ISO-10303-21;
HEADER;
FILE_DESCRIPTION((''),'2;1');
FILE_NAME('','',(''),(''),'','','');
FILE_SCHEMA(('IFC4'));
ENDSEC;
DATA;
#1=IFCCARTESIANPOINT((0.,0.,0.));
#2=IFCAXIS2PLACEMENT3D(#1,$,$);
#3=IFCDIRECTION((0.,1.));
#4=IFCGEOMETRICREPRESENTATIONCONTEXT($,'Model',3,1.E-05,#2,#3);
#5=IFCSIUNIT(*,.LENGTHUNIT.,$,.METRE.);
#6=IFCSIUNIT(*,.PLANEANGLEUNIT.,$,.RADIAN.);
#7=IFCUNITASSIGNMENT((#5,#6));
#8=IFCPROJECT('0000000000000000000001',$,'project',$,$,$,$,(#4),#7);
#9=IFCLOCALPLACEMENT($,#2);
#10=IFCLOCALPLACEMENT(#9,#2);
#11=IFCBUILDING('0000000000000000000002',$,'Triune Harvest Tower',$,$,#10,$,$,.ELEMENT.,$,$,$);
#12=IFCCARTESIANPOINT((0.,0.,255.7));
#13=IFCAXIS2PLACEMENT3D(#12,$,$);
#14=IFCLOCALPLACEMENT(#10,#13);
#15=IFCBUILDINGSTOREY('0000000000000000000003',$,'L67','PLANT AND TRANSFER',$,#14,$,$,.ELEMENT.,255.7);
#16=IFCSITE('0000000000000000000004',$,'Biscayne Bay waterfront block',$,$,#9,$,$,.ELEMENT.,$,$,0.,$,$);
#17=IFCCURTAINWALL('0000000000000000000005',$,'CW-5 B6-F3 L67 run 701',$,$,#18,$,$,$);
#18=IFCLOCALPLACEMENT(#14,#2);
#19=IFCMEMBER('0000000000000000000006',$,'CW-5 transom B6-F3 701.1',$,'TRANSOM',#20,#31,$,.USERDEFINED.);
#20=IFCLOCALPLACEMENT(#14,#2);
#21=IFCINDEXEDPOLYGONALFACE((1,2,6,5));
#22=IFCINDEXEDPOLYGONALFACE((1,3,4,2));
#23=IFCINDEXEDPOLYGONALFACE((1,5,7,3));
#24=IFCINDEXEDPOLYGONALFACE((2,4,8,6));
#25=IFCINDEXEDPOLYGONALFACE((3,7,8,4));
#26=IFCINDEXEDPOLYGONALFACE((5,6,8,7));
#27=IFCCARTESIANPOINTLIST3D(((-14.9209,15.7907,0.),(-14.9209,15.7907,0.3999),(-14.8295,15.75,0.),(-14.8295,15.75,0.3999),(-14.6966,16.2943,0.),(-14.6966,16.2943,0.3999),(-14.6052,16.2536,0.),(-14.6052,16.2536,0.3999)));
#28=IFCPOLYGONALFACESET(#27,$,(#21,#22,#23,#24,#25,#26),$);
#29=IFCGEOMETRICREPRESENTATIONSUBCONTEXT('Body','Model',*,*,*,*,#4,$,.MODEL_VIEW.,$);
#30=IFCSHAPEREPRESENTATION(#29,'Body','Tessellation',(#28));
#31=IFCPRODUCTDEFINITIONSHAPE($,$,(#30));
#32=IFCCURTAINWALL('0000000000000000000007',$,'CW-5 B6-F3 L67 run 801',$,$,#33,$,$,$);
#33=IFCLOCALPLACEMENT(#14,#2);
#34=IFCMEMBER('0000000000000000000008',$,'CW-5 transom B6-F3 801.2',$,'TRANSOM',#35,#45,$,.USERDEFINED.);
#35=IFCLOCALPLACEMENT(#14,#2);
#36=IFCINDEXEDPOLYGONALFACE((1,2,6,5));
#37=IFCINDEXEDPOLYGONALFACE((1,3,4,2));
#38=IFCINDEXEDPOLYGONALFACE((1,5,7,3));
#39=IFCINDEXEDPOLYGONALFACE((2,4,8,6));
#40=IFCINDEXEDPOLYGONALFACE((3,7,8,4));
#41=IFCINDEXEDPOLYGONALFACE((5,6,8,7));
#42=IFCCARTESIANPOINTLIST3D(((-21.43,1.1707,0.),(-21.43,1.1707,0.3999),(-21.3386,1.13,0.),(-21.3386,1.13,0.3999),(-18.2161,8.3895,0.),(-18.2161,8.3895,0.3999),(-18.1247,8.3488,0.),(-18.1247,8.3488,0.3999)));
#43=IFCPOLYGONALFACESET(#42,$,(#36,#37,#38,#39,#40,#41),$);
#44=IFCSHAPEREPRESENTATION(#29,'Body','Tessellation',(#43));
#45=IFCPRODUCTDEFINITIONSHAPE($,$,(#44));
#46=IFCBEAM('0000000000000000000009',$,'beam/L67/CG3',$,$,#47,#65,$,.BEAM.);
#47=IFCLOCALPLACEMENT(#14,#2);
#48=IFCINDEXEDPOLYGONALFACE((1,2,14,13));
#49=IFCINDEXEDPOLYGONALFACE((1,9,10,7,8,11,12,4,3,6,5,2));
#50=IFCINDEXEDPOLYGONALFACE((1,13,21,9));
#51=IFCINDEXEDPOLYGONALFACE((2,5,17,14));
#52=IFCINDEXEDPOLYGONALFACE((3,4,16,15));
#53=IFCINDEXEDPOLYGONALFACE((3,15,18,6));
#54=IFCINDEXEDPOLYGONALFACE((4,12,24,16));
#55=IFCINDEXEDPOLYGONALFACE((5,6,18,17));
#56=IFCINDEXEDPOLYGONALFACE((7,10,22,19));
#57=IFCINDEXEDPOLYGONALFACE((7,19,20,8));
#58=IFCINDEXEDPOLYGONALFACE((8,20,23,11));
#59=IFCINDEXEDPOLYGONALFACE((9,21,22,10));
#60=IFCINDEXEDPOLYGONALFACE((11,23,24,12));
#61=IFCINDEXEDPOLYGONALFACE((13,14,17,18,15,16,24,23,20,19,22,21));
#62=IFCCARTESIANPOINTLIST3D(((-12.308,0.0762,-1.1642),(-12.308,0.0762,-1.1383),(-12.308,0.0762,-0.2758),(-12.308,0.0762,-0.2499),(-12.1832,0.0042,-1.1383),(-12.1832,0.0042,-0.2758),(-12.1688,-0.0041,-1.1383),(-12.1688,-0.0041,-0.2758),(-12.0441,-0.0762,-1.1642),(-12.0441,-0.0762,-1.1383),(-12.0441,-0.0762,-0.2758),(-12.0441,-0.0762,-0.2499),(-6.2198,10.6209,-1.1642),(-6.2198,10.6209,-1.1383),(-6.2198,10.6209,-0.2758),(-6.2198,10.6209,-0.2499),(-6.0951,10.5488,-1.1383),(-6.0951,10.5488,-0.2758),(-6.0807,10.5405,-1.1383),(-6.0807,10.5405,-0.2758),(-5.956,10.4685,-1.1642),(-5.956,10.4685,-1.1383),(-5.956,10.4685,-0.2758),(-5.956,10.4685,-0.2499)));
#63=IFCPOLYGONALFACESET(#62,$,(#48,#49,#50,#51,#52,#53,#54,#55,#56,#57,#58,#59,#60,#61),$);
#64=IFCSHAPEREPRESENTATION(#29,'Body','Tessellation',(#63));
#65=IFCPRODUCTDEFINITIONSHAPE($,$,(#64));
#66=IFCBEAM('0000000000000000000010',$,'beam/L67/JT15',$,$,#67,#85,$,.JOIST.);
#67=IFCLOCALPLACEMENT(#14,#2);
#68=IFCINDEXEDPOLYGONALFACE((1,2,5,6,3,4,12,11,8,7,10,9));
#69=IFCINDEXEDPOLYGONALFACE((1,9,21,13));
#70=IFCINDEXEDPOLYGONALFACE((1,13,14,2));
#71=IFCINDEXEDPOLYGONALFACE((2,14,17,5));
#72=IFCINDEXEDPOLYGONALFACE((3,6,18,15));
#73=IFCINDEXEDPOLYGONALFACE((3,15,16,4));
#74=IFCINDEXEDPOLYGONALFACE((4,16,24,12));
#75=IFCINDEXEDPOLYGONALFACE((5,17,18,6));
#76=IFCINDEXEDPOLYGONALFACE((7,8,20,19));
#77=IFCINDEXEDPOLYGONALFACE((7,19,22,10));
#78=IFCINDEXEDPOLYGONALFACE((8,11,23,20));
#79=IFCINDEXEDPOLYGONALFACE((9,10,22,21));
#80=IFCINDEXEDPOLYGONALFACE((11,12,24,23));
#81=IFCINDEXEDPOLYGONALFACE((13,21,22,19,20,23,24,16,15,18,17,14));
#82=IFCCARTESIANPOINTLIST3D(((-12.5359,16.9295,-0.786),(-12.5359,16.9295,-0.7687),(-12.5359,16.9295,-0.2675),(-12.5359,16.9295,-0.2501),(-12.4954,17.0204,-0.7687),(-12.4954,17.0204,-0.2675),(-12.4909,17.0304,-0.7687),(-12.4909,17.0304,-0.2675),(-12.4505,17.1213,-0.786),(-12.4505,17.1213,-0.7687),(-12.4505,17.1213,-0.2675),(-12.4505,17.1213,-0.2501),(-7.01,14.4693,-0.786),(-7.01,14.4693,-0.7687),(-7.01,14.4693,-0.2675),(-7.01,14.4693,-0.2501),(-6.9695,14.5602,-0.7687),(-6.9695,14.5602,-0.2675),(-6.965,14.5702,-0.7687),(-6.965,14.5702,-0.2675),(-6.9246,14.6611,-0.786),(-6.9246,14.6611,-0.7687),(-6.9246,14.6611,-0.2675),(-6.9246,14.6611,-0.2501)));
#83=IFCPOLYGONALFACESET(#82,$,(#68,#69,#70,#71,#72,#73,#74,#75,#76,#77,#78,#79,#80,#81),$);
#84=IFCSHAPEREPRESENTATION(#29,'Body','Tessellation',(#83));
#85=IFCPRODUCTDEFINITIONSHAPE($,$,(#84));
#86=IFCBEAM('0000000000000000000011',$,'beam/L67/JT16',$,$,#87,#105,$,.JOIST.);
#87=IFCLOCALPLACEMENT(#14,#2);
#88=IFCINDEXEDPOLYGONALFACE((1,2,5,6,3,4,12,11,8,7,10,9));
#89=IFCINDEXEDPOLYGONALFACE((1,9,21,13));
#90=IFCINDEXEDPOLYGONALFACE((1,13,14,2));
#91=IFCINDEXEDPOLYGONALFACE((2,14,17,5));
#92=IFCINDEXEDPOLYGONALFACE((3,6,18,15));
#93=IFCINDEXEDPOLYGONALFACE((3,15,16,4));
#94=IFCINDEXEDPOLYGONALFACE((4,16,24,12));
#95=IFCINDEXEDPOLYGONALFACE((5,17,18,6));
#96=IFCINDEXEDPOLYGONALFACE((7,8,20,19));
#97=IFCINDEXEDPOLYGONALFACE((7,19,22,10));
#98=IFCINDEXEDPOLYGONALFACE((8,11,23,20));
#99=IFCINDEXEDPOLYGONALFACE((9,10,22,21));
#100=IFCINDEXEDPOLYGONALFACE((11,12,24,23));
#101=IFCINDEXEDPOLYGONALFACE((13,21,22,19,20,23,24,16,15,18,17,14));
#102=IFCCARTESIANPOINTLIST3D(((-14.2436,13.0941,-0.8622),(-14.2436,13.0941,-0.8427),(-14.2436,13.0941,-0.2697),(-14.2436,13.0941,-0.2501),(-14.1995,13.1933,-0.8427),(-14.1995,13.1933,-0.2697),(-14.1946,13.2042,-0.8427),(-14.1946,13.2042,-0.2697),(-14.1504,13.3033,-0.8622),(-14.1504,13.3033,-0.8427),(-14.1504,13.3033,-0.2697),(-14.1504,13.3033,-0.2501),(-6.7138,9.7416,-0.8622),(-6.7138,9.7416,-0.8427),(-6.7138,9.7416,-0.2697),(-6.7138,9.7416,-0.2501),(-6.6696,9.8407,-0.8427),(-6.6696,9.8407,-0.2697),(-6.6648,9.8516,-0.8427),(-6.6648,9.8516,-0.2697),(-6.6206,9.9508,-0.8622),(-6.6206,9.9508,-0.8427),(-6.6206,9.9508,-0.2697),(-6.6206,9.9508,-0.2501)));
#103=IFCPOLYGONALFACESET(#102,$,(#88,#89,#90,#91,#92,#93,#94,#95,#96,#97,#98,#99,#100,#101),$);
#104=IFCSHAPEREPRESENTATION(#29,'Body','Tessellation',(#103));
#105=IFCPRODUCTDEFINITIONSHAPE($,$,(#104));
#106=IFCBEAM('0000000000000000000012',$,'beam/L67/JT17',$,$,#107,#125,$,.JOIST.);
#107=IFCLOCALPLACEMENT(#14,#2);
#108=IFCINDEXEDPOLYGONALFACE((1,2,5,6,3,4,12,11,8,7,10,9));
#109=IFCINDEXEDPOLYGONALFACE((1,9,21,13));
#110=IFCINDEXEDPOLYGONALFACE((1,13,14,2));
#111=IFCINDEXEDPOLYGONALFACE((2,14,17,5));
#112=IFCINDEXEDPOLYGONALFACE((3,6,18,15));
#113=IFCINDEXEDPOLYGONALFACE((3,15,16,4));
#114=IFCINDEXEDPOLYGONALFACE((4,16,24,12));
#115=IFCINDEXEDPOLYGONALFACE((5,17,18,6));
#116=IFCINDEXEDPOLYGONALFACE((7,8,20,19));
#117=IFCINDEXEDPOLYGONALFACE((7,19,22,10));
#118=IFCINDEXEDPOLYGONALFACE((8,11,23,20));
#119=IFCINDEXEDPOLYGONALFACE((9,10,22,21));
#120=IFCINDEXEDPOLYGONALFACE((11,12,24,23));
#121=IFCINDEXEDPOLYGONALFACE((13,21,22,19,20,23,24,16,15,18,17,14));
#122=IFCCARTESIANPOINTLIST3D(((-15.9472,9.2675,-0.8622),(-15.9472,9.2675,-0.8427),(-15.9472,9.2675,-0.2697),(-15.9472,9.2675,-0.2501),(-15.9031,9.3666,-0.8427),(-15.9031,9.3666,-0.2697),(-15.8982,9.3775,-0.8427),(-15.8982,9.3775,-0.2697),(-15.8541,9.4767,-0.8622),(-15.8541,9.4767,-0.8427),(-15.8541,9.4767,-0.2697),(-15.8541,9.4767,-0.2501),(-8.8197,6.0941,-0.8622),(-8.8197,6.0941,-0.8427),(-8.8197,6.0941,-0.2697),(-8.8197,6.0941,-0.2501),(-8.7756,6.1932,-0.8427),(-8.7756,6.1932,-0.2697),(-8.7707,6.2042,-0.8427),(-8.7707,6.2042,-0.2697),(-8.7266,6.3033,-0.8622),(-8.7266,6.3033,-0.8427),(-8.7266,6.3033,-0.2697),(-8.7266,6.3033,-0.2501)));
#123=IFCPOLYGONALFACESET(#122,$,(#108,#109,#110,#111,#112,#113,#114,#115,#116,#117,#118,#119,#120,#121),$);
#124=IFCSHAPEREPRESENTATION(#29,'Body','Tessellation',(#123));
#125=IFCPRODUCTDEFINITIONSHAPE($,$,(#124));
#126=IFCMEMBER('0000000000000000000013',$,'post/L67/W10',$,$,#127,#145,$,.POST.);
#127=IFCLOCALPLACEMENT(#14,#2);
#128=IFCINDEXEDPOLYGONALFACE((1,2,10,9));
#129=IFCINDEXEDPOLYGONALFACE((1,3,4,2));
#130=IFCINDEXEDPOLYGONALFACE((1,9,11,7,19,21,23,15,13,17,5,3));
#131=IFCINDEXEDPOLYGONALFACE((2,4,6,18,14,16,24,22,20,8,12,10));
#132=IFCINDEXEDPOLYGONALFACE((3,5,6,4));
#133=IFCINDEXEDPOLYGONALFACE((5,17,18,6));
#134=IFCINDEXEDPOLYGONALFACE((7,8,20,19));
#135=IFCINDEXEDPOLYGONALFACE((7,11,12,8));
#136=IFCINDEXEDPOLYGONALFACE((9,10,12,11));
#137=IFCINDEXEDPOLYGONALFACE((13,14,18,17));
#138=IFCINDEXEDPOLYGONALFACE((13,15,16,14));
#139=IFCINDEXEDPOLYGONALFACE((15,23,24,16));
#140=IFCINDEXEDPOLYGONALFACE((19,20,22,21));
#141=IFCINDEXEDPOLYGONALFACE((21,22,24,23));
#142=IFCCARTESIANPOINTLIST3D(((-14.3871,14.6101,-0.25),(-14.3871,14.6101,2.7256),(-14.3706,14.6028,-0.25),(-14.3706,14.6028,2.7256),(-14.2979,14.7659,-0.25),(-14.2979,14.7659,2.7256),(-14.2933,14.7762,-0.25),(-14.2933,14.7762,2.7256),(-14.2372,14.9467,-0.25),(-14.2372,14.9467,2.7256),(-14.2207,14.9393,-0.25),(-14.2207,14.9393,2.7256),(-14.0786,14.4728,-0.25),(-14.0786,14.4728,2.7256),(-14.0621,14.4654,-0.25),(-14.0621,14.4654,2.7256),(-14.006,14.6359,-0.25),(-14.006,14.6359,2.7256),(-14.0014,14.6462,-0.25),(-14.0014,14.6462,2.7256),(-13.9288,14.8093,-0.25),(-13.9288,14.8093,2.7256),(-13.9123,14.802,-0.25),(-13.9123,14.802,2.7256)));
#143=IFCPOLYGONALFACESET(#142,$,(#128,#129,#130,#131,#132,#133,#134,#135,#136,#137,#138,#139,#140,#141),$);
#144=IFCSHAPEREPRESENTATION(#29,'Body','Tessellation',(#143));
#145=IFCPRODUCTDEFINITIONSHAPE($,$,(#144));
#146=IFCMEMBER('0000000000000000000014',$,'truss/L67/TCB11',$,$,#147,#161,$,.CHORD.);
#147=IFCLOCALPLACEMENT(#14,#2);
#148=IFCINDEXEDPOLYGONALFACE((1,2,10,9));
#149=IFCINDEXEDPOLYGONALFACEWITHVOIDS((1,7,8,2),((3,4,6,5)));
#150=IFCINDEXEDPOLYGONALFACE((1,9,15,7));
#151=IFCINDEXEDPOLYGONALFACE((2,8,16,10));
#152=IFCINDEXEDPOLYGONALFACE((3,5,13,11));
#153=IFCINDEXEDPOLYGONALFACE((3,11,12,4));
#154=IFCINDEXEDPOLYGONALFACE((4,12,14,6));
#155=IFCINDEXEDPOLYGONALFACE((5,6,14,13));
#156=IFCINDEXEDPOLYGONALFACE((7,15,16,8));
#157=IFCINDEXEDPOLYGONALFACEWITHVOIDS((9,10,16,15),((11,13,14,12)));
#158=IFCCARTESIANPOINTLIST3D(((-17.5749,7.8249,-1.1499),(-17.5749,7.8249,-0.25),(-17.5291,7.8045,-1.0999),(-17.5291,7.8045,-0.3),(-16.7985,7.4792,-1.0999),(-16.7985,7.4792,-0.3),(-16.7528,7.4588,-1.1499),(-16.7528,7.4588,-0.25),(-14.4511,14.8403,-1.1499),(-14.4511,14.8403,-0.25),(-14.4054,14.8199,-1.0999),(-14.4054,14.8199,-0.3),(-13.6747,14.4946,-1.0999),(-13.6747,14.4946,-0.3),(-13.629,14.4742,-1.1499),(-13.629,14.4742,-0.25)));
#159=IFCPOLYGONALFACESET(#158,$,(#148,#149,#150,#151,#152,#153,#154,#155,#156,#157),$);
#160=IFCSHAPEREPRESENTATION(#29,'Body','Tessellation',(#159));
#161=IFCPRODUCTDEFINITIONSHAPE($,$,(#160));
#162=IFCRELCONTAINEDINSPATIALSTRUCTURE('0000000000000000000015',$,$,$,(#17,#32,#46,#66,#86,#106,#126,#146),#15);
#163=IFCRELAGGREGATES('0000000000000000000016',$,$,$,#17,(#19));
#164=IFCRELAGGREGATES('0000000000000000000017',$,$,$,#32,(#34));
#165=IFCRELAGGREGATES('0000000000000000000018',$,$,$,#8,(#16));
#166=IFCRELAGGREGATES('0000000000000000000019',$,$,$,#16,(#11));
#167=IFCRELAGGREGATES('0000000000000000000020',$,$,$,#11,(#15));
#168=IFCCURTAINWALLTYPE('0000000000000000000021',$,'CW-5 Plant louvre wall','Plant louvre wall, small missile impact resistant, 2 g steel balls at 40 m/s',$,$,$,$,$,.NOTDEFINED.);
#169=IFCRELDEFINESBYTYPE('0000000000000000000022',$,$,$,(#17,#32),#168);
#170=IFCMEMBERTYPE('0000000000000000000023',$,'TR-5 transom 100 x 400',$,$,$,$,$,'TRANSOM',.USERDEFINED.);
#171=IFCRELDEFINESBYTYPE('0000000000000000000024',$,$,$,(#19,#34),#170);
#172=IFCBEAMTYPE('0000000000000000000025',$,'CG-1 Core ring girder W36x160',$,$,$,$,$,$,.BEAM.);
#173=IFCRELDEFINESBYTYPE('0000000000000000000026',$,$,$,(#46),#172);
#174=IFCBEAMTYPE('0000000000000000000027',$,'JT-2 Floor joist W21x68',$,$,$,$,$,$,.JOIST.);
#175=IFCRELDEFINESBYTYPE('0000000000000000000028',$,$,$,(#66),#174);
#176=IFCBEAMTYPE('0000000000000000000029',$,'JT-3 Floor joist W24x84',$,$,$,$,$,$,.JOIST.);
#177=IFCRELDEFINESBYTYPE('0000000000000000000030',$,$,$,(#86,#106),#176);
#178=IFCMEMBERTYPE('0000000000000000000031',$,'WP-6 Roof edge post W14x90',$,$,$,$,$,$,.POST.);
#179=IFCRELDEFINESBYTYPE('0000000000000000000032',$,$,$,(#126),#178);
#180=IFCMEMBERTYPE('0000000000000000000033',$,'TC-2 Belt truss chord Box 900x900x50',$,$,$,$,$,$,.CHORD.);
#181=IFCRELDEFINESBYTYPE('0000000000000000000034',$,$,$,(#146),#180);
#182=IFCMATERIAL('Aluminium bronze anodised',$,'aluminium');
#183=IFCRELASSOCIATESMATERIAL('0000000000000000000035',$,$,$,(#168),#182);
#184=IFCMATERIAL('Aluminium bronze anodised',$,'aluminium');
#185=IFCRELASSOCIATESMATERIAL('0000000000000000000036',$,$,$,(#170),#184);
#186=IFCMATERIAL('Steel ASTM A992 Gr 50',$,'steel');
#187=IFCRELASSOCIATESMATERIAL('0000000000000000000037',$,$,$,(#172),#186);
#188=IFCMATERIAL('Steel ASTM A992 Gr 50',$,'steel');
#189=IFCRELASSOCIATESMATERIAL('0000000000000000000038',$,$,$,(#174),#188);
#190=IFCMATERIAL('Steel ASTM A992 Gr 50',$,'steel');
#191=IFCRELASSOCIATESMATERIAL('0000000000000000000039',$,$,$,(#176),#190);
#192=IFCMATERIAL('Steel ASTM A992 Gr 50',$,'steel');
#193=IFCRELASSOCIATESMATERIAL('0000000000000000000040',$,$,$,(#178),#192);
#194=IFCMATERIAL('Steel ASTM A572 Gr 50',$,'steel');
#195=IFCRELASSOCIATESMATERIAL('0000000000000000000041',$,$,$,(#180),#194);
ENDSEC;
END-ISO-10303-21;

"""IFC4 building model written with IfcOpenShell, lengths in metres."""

from ifc_helpers import new_model, si_unit, direction, frame, origin, origin_2d, place, context, subcontext, project, spatial, rectangle, hollow_rectangle, i_section, extrude, source, transform, mapped, material, material_profile, profile_set, type_object, element, aggregate, save


model = new_model("IFC4")

# Units and contexts
model_context = context("Model", 3, precision=1e-05, world=origin(), true_north=direction((0.0, 1.0)))
body_context = subcontext(model_context, "Body", "Model", "MODEL_VIEW")
ifc_project = project(units=[si_unit("LENGTHUNIT", "METRE"), si_unit("PLANEANGLEUNIT", "RADIAN")], contexts=[model_context])

# Site, building, storey
site_placement = place(None, origin())
site = spatial("IfcSite", under=ifc_project, at=site_placement, Name="Biscayne Bay waterfront block", CompositionType="ELEMENT", RefElevation=0.0)
building_placement = place(site_placement, origin())
building = spatial("IfcBuilding", under=site, at=building_placement, Name="Triune Harvest Tower", CompositionType="ELEMENT")
storey_placement = place(building_placement, frame((0.0, 0.0, 255.7)))
storey = spatial("IfcBuildingStorey", under=building, at=storey_placement, Name="L67", Description="PLANT AND TRANSFER", CompositionType="ELEMENT", Elevation=255.7)

# Curtain walls, members
ifc_material_1 = material(Name="Aluminium bronze anodised", Category="aluminium")
curtain_wall_type = type_object("IfcCurtainWallType", Name="CW-5 Plant louvre wall", Description="Plant louvre wall, small missile impact resistant, 2 g steel balls at 40 m/s", PredefinedType="NOTDEFINED", material=ifc_material_1)
curtain_wall_1_placement = place(storey_placement, origin())
curtain_wall_1 = element("IfcCurtainWall", 1, at=curtain_wall_1_placement, inside=storey, type_object=curtain_wall_type, Name="CW-5 B6-F3 L67 run 701")
ifc_material_2 = material(Name="Aluminium bronze anodised", Category="aluminium")
ifc_material_profile_1 = material_profile(ifc_material_2, rectangle(XDim=0.1001, YDim=0.3999, at=origin_2d()), Name="TR-5 transom 100 x 400")
ifc_profile_set_1 = profile_set([ifc_material_profile_1], Name="Aluminium bronze anodised")
member_type_1 = type_object("IfcMemberType", Name="TR-5 transom 100 x 400", ElementType="TRANSOM", PredefinedType="USERDEFINED", material=ifc_profile_set_1)
member_1_placement = place(storey_placement, frame((-14.6509, 16.2739, 0.2), z_axis=(-0.406919, -0.913464, 0.0), x_axis=(0.913464, -0.406919, 0.0)))
member_1 = element("IfcMember", 2, at=member_1_placement, type_object=member_type_1, Name="CW-5 transom B6-F3 701.1", ObjectType="TRANSOM", PredefinedType="USERDEFINED", context=body_context, shape_type="SweptSolid", body=[
    extrude(rectangle(XDim=0.1001, YDim=0.3999, at=origin_2d()), origin(), (0.0, 0.0, 1.0), 0.5513),
])
curtain_wall_2_placement = place(storey_placement, origin())
curtain_wall_2 = element("IfcCurtainWall", 3, at=curtain_wall_2_placement, inside=storey, type_object=curtain_wall_type, Name="CW-5 B6-F3 L67 run 801")
member_2_placement = place(storey_placement, frame((-18.1704, 8.3691, 0.2), z_axis=(-0.406723, -0.913551, 0.0), x_axis=(0.913551, -0.406723, 0.0)))
member_2 = element("IfcMember", 4, at=member_2_placement, type_object=member_type_1, Name="CW-5 transom B6-F3 801.2", ObjectType="TRANSOM", PredefinedType="USERDEFINED", context=body_context, shape_type="SweptSolid", body=[
    extrude(rectangle(XDim=0.1001, YDim=0.3999, at=origin_2d()), origin(), (0.0, 0.0, 1.0), 7.9019),
])

# Beams
ifc_material_3 = material(Name="Steel ASTM A992 Gr 50", Category="steel")
ifc_material_profile_2 = material_profile(ifc_material_3, i_section(OverallWidth=0.3047, OverallDepth=0.9143, WebThickness=0.0166, FlangeThickness=0.0259, at=origin_2d()), Name="W36x160")
ifc_profile_set_2 = profile_set([ifc_material_profile_2], Name="Steel ASTM A992 Gr 50")
beam_type_1 = type_object("IfcBeamType", Name="CG-1 Core ring girder W36x160", PredefinedType="BEAM", material=ifc_profile_set_2)
shared_shape_1 = source(origin(), body_context, "Body", "SweptSolid", [
    extrude(i_section(OverallWidth=0.3047, OverallDepth=0.9143, WebThickness=0.0166, FlangeThickness=0.0259, at=origin_2d()), origin(), (0.0, 0.0, 1.0), 12.176),
])
beam_1_placement = place(storey_placement, frame((-6.0879, 10.5447, -0.707), z_axis=(-0.50001, -0.86602, 0.0), x_axis=(0.86602, -0.50001, 0.0)))
element("IfcBeam", 5, at=beam_1_placement, inside=storey, type_object=beam_type_1, Name="beam/L67/CG3", PredefinedType="BEAM", context=body_context, shape_type="MappedRepresentation", body=[
    mapped(shared_shape_1, transform((0.0, 0.0, 0.0), scale=1.0)),
])
ifc_material_4 = material(Name="Steel ASTM A992 Gr 50", Category="steel")
ifc_material_profile_3 = material_profile(ifc_material_4, i_section(OverallWidth=0.21, OverallDepth=0.5359, WebThickness=0.011, FlangeThickness=0.0173, at=origin_2d()), Name="W21x68")
ifc_profile_set_3 = profile_set([ifc_material_profile_3], Name="Steel ASTM A992 Gr 50")
beam_type_2 = type_object("IfcBeamType", Name="JT-2 Floor joist W21x68", PredefinedType="JOIST", material=ifc_profile_set_3)
shared_shape_2 = source(origin(), body_context, "Body", "SweptSolid", [
    extrude(i_section(OverallWidth=0.21, OverallDepth=0.5359, WebThickness=0.011, FlangeThickness=0.0173, at=origin_2d()), origin(), (0.0, 0.0, 1.0), 6.0488),
])
beam_2_placement = place(storey_placement, frame((-12.4932, 17.0254, -0.5181), z_axis=(0.91355, -0.406726, 0.0), x_axis=(0.406726, 0.91355, 0.0)))
element("IfcBeam", 6, at=beam_2_placement, inside=storey, type_object=beam_type_2, Name="beam/L67/JT15", PredefinedType="JOIST", context=body_context, shape_type="MappedRepresentation", body=[
    mapped(shared_shape_2, transform((0.0, 0.0, 0.0), scale=1.0)),
])
ifc_material_5 = material(Name="Steel ASTM A992 Gr 50", Category="steel")
ifc_material_profile_4 = material_profile(ifc_material_5, i_section(OverallWidth=0.229, OverallDepth=0.6121, WebThickness=0.012, FlangeThickness=0.0195, at=origin_2d()), Name="W24x84")
ifc_profile_set_4 = profile_set([ifc_material_profile_4], Name="Steel ASTM A992 Gr 50")
beam_type_3 = type_object("IfcBeamType", Name="JT-3 Floor joist W24x84", PredefinedType="JOIST", material=ifc_profile_set_4)
shared_shape_3 = source(origin(), body_context, "Body", "SweptSolid", [
    extrude(i_section(OverallWidth=0.229, OverallDepth=0.6121, WebThickness=0.012, FlangeThickness=0.0195, at=origin_2d()), origin(), (0.0, 0.0, 1.0), 8.2424),
])
beam_3_placement = place(storey_placement, frame((-14.197, 13.1987, -0.5562), z_axis=(0.913543, -0.406743, 0.0), x_axis=(0.406743, 0.913543, 0.0)))
element("IfcBeam", 7, at=beam_3_placement, inside=storey, type_object=beam_type_3, Name="beam/L67/JT16", PredefinedType="JOIST", context=body_context, shape_type="MappedRepresentation", body=[
    mapped(shared_shape_3, transform((0.0, 0.0, 0.0), scale=1.0)),
])
shared_shape_4 = source(origin(), body_context, "Body", "SweptSolid", [
    extrude(i_section(OverallWidth=0.229, OverallDepth=0.6121, WebThickness=0.012, FlangeThickness=0.0195, at=origin_2d()), origin(), (0.0, 0.0, 1.0), 7.802),
])
beam_4_placement = place(storey_placement, frame((-15.9006, 9.3721, -0.5562), z_axis=(0.913546, -0.406736, 0.0), x_axis=(0.406736, 0.913546, 0.0)))
element("IfcBeam", 8, at=beam_4_placement, inside=storey, type_object=beam_type_3, Name="beam/L67/JT17", PredefinedType="JOIST", context=body_context, shape_type="MappedRepresentation", body=[
    mapped(shared_shape_4, transform((0.0, 0.0, 0.0), scale=1.0)),
])

# Members
ifc_material_6 = material(Name="Steel ASTM A992 Gr 50", Category="steel")
ifc_material_profile_5 = material_profile(ifc_material_6, i_section(OverallWidth=0.3684, OverallDepth=0.3557, WebThickness=0.0112, FlangeThickness=0.0181, at=origin_2d()), Name="W14x90")
ifc_profile_set_5 = profile_set([ifc_material_profile_5], Name="Steel ASTM A992 Gr 50")
member_type_2 = type_object("IfcMemberType", Name="WP-6 Roof edge post W14x90", PredefinedType="POST", material=ifc_profile_set_5)
shared_shape_5 = source(origin(), body_context, "Body", "SweptSolid", [
    extrude(i_section(OverallWidth=0.3684, OverallDepth=0.3557, WebThickness=0.0112, FlangeThickness=0.0181, at=origin_2d()), origin(), (0.0, 0.0, 1.0), 2.9756),
])
member_3_placement = place(storey_placement, frame((-14.1497, 14.7061, -0.25), z_axis=(0.0, 0.0, 1.0), x_axis=(-0.406738, -0.913545, 0.0)))
element("IfcMember", 9, at=member_3_placement, inside=storey, type_object=member_type_2, Name="post/L67/W10", PredefinedType="POST", context=body_context, shape_type="MappedRepresentation", body=[
    mapped(shared_shape_5, transform((0.0, 0.0, 0.0), scale=1.0)),
])
ifc_material_7 = material(Name="Steel ASTM A572 Gr 50", Category="steel")
ifc_material_profile_6 = material_profile(ifc_material_7, hollow_rectangle(XDim=0.8999, YDim=0.8999, WallThickness=0.05, at=origin_2d()), Name="Box 900x900x50")
ifc_profile_set_6 = profile_set([ifc_material_profile_6], Name="Steel ASTM A572 Gr 50")
member_type_3 = type_object("IfcMemberType", Name="TC-2 Belt truss chord Box 900x900x50", PredefinedType="CHORD", material=ifc_profile_set_6)
shared_shape_6 = source(origin(), body_context, "Body", "SweptSolid", [
    extrude(hollow_rectangle(XDim=0.8999, YDim=0.8999, WallThickness=0.05, at=origin_2d()), origin(), (0.0, 0.0, 1.0), 7.6794),
])
member_4_placement = place(storey_placement, frame((-14.04, 14.6572, -0.7), z_axis=(-0.406773, -0.913529, 0.0), x_axis=(0.913529, -0.406773, 0.0)))
element("IfcMember", 10, at=member_4_placement, inside=storey, type_object=member_type_3, Name="truss/L67/TCB11", PredefinedType="CHORD", context=body_context, shape_type="MappedRepresentation", body=[
    mapped(shared_shape_6, transform((0.0, 0.0, 0.0), scale=1.0)),
])

aggregate(curtain_wall_1, [member_1])
aggregate(curtain_wall_2, [member_2])

save(model, "model.ifc")
